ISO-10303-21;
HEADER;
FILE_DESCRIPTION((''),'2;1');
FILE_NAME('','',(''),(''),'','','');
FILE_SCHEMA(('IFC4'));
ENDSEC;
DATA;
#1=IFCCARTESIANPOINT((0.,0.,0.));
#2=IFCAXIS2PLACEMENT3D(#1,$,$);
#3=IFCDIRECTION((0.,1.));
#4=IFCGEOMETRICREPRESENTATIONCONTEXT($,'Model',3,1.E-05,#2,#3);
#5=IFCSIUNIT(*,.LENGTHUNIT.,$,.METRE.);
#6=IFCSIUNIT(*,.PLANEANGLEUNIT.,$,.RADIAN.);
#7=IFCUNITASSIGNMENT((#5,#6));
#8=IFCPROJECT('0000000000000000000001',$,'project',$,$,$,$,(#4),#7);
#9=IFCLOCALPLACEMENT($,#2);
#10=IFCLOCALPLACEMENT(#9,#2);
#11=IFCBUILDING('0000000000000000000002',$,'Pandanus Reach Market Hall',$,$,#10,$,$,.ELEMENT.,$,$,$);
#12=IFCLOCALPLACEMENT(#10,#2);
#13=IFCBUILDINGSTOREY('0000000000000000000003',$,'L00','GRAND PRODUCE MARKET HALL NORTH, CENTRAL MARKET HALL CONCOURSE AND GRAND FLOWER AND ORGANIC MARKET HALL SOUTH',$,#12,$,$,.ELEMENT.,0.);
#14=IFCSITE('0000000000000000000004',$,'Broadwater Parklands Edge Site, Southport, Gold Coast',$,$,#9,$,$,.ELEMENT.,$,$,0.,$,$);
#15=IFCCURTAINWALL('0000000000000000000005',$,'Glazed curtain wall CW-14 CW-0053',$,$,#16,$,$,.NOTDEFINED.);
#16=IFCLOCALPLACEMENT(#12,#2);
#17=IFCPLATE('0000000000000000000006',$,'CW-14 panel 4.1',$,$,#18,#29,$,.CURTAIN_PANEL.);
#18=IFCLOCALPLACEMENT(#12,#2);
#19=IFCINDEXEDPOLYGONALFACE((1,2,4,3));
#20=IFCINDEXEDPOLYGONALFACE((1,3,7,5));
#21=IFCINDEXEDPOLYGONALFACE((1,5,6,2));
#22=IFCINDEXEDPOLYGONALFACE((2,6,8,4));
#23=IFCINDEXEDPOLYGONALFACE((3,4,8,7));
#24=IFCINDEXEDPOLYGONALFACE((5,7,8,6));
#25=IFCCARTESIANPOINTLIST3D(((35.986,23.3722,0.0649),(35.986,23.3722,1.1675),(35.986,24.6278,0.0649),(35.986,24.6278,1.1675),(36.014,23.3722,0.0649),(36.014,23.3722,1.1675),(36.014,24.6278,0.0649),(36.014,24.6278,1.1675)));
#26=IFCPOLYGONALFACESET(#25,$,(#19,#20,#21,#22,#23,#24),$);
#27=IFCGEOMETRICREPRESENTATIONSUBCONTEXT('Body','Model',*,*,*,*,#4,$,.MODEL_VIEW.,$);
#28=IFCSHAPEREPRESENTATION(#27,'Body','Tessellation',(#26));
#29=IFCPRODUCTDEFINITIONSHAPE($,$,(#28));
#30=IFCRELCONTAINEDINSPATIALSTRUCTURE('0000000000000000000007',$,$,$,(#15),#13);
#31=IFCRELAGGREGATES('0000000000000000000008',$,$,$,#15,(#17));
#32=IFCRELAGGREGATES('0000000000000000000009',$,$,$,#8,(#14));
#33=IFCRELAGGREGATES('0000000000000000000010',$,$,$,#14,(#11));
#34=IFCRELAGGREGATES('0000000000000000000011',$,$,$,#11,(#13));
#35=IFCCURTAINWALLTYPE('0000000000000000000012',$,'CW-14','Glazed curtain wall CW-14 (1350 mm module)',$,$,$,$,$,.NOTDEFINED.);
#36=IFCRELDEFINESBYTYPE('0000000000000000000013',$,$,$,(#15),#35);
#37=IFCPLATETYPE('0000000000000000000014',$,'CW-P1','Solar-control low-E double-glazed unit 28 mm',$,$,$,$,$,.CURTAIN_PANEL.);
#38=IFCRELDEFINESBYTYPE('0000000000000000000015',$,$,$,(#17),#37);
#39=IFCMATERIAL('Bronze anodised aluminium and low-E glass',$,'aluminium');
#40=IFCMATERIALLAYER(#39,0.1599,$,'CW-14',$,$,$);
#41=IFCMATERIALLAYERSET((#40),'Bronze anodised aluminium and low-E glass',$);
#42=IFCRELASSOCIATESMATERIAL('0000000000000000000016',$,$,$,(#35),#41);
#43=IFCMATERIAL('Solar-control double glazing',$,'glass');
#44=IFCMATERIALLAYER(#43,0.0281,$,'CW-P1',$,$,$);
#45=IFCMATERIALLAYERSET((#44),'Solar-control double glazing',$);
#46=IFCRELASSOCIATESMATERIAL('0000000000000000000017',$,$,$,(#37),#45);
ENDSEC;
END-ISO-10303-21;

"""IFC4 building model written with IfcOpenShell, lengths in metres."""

from ifc_helpers import new_model, si_unit, direction, frame, origin, origin_2d, place, context, subcontext, project, spatial, rectangle, extrude, material, layer, layer_set, type_object, element, aggregate, save


model = new_model("IFC4")

# Units and contexts
model_context = context("Model", 3, precision=1e-05, world=origin(), true_north=direction((0.0, 1.0)))
body_context = subcontext(model_context, "Body", "Model", "MODEL_VIEW")
ifc_project = project(units=[si_unit("LENGTHUNIT", "METRE"), si_unit("PLANEANGLEUNIT", "RADIAN")], contexts=[model_context])

# Site, building, storey
site_placement = place(None, origin())
site = spatial("IfcSite", under=ifc_project, at=site_placement, Name="Broadwater Parklands Edge Site, Southport, Gold Coast", CompositionType="ELEMENT", RefElevation=0.0)
building_placement = place(site_placement, origin())
building = spatial("IfcBuilding", under=site, at=building_placement, Name="Pandanus Reach Market Hall", CompositionType="ELEMENT")
storey_placement = place(building_placement, origin())
storey = spatial("IfcBuildingStorey", under=building, at=storey_placement, Name="L00", Description="GRAND PRODUCE MARKET HALL NORTH, CENTRAL MARKET HALL CONCOURSE AND GRAND FLOWER AND ORGANIC MARKET HALL SOUTH", CompositionType="ELEMENT", Elevation=0.0)

# Curtain wall, plate
ifc_material_1 = material(Name="Bronze anodised aluminium and low-E glass", Category="aluminium")
ifc_layer_1 = layer(ifc_material_1, 0.1599, Name="CW-14")
ifc_layer_set_1 = layer_set([ifc_layer_1], Name="Bronze anodised aluminium and low-E glass")
curtain_wall_type = type_object("IfcCurtainWallType", Name="CW-14", Description="Glazed curtain wall CW-14 (1350 mm module)", PredefinedType="NOTDEFINED", material=ifc_layer_set_1)
curtain_wall_placement = place(storey_placement, origin())
curtain_wall = element("IfcCurtainWall", 1, at=curtain_wall_placement, inside=storey, type_object=curtain_wall_type, Name="Glazed curtain wall CW-14 CW-0053", PredefinedType="NOTDEFINED")
ifc_material_2 = material(Name="Solar-control double glazing", Category="glass")
ifc_layer_2 = layer(ifc_material_2, 0.0281, Name="CW-P1")
ifc_layer_set_2 = layer_set([ifc_layer_2], Name="Solar-control double glazing")
plate_type = type_object("IfcPlateType", Name="CW-P1", Description="Solar-control low-E double-glazed unit 28 mm", PredefinedType="CURTAIN_PANEL", material=ifc_layer_set_2)
plate_1_placement = place(storey_placement, frame((36.0, 24.0, 0.0649), z_axis=(0.0, 0.0, 1.0), x_axis=(0.0, 1.0, 0.0)))
plate_1 = element("IfcPlate", 2, at=plate_1_placement, type_object=plate_type, Name="CW-14 panel 4.1", PredefinedType="CURTAIN_PANEL", context=body_context, shape_type="SweptSolid", body=[
    extrude(rectangle(XDim=1.2556, YDim=0.0281, at=origin_2d()), origin(), (0.0, 0.0, 1.0), 1.1025),
])
aggregate(curtain_wall, [plate_1])

save(model, "model.ifc")
